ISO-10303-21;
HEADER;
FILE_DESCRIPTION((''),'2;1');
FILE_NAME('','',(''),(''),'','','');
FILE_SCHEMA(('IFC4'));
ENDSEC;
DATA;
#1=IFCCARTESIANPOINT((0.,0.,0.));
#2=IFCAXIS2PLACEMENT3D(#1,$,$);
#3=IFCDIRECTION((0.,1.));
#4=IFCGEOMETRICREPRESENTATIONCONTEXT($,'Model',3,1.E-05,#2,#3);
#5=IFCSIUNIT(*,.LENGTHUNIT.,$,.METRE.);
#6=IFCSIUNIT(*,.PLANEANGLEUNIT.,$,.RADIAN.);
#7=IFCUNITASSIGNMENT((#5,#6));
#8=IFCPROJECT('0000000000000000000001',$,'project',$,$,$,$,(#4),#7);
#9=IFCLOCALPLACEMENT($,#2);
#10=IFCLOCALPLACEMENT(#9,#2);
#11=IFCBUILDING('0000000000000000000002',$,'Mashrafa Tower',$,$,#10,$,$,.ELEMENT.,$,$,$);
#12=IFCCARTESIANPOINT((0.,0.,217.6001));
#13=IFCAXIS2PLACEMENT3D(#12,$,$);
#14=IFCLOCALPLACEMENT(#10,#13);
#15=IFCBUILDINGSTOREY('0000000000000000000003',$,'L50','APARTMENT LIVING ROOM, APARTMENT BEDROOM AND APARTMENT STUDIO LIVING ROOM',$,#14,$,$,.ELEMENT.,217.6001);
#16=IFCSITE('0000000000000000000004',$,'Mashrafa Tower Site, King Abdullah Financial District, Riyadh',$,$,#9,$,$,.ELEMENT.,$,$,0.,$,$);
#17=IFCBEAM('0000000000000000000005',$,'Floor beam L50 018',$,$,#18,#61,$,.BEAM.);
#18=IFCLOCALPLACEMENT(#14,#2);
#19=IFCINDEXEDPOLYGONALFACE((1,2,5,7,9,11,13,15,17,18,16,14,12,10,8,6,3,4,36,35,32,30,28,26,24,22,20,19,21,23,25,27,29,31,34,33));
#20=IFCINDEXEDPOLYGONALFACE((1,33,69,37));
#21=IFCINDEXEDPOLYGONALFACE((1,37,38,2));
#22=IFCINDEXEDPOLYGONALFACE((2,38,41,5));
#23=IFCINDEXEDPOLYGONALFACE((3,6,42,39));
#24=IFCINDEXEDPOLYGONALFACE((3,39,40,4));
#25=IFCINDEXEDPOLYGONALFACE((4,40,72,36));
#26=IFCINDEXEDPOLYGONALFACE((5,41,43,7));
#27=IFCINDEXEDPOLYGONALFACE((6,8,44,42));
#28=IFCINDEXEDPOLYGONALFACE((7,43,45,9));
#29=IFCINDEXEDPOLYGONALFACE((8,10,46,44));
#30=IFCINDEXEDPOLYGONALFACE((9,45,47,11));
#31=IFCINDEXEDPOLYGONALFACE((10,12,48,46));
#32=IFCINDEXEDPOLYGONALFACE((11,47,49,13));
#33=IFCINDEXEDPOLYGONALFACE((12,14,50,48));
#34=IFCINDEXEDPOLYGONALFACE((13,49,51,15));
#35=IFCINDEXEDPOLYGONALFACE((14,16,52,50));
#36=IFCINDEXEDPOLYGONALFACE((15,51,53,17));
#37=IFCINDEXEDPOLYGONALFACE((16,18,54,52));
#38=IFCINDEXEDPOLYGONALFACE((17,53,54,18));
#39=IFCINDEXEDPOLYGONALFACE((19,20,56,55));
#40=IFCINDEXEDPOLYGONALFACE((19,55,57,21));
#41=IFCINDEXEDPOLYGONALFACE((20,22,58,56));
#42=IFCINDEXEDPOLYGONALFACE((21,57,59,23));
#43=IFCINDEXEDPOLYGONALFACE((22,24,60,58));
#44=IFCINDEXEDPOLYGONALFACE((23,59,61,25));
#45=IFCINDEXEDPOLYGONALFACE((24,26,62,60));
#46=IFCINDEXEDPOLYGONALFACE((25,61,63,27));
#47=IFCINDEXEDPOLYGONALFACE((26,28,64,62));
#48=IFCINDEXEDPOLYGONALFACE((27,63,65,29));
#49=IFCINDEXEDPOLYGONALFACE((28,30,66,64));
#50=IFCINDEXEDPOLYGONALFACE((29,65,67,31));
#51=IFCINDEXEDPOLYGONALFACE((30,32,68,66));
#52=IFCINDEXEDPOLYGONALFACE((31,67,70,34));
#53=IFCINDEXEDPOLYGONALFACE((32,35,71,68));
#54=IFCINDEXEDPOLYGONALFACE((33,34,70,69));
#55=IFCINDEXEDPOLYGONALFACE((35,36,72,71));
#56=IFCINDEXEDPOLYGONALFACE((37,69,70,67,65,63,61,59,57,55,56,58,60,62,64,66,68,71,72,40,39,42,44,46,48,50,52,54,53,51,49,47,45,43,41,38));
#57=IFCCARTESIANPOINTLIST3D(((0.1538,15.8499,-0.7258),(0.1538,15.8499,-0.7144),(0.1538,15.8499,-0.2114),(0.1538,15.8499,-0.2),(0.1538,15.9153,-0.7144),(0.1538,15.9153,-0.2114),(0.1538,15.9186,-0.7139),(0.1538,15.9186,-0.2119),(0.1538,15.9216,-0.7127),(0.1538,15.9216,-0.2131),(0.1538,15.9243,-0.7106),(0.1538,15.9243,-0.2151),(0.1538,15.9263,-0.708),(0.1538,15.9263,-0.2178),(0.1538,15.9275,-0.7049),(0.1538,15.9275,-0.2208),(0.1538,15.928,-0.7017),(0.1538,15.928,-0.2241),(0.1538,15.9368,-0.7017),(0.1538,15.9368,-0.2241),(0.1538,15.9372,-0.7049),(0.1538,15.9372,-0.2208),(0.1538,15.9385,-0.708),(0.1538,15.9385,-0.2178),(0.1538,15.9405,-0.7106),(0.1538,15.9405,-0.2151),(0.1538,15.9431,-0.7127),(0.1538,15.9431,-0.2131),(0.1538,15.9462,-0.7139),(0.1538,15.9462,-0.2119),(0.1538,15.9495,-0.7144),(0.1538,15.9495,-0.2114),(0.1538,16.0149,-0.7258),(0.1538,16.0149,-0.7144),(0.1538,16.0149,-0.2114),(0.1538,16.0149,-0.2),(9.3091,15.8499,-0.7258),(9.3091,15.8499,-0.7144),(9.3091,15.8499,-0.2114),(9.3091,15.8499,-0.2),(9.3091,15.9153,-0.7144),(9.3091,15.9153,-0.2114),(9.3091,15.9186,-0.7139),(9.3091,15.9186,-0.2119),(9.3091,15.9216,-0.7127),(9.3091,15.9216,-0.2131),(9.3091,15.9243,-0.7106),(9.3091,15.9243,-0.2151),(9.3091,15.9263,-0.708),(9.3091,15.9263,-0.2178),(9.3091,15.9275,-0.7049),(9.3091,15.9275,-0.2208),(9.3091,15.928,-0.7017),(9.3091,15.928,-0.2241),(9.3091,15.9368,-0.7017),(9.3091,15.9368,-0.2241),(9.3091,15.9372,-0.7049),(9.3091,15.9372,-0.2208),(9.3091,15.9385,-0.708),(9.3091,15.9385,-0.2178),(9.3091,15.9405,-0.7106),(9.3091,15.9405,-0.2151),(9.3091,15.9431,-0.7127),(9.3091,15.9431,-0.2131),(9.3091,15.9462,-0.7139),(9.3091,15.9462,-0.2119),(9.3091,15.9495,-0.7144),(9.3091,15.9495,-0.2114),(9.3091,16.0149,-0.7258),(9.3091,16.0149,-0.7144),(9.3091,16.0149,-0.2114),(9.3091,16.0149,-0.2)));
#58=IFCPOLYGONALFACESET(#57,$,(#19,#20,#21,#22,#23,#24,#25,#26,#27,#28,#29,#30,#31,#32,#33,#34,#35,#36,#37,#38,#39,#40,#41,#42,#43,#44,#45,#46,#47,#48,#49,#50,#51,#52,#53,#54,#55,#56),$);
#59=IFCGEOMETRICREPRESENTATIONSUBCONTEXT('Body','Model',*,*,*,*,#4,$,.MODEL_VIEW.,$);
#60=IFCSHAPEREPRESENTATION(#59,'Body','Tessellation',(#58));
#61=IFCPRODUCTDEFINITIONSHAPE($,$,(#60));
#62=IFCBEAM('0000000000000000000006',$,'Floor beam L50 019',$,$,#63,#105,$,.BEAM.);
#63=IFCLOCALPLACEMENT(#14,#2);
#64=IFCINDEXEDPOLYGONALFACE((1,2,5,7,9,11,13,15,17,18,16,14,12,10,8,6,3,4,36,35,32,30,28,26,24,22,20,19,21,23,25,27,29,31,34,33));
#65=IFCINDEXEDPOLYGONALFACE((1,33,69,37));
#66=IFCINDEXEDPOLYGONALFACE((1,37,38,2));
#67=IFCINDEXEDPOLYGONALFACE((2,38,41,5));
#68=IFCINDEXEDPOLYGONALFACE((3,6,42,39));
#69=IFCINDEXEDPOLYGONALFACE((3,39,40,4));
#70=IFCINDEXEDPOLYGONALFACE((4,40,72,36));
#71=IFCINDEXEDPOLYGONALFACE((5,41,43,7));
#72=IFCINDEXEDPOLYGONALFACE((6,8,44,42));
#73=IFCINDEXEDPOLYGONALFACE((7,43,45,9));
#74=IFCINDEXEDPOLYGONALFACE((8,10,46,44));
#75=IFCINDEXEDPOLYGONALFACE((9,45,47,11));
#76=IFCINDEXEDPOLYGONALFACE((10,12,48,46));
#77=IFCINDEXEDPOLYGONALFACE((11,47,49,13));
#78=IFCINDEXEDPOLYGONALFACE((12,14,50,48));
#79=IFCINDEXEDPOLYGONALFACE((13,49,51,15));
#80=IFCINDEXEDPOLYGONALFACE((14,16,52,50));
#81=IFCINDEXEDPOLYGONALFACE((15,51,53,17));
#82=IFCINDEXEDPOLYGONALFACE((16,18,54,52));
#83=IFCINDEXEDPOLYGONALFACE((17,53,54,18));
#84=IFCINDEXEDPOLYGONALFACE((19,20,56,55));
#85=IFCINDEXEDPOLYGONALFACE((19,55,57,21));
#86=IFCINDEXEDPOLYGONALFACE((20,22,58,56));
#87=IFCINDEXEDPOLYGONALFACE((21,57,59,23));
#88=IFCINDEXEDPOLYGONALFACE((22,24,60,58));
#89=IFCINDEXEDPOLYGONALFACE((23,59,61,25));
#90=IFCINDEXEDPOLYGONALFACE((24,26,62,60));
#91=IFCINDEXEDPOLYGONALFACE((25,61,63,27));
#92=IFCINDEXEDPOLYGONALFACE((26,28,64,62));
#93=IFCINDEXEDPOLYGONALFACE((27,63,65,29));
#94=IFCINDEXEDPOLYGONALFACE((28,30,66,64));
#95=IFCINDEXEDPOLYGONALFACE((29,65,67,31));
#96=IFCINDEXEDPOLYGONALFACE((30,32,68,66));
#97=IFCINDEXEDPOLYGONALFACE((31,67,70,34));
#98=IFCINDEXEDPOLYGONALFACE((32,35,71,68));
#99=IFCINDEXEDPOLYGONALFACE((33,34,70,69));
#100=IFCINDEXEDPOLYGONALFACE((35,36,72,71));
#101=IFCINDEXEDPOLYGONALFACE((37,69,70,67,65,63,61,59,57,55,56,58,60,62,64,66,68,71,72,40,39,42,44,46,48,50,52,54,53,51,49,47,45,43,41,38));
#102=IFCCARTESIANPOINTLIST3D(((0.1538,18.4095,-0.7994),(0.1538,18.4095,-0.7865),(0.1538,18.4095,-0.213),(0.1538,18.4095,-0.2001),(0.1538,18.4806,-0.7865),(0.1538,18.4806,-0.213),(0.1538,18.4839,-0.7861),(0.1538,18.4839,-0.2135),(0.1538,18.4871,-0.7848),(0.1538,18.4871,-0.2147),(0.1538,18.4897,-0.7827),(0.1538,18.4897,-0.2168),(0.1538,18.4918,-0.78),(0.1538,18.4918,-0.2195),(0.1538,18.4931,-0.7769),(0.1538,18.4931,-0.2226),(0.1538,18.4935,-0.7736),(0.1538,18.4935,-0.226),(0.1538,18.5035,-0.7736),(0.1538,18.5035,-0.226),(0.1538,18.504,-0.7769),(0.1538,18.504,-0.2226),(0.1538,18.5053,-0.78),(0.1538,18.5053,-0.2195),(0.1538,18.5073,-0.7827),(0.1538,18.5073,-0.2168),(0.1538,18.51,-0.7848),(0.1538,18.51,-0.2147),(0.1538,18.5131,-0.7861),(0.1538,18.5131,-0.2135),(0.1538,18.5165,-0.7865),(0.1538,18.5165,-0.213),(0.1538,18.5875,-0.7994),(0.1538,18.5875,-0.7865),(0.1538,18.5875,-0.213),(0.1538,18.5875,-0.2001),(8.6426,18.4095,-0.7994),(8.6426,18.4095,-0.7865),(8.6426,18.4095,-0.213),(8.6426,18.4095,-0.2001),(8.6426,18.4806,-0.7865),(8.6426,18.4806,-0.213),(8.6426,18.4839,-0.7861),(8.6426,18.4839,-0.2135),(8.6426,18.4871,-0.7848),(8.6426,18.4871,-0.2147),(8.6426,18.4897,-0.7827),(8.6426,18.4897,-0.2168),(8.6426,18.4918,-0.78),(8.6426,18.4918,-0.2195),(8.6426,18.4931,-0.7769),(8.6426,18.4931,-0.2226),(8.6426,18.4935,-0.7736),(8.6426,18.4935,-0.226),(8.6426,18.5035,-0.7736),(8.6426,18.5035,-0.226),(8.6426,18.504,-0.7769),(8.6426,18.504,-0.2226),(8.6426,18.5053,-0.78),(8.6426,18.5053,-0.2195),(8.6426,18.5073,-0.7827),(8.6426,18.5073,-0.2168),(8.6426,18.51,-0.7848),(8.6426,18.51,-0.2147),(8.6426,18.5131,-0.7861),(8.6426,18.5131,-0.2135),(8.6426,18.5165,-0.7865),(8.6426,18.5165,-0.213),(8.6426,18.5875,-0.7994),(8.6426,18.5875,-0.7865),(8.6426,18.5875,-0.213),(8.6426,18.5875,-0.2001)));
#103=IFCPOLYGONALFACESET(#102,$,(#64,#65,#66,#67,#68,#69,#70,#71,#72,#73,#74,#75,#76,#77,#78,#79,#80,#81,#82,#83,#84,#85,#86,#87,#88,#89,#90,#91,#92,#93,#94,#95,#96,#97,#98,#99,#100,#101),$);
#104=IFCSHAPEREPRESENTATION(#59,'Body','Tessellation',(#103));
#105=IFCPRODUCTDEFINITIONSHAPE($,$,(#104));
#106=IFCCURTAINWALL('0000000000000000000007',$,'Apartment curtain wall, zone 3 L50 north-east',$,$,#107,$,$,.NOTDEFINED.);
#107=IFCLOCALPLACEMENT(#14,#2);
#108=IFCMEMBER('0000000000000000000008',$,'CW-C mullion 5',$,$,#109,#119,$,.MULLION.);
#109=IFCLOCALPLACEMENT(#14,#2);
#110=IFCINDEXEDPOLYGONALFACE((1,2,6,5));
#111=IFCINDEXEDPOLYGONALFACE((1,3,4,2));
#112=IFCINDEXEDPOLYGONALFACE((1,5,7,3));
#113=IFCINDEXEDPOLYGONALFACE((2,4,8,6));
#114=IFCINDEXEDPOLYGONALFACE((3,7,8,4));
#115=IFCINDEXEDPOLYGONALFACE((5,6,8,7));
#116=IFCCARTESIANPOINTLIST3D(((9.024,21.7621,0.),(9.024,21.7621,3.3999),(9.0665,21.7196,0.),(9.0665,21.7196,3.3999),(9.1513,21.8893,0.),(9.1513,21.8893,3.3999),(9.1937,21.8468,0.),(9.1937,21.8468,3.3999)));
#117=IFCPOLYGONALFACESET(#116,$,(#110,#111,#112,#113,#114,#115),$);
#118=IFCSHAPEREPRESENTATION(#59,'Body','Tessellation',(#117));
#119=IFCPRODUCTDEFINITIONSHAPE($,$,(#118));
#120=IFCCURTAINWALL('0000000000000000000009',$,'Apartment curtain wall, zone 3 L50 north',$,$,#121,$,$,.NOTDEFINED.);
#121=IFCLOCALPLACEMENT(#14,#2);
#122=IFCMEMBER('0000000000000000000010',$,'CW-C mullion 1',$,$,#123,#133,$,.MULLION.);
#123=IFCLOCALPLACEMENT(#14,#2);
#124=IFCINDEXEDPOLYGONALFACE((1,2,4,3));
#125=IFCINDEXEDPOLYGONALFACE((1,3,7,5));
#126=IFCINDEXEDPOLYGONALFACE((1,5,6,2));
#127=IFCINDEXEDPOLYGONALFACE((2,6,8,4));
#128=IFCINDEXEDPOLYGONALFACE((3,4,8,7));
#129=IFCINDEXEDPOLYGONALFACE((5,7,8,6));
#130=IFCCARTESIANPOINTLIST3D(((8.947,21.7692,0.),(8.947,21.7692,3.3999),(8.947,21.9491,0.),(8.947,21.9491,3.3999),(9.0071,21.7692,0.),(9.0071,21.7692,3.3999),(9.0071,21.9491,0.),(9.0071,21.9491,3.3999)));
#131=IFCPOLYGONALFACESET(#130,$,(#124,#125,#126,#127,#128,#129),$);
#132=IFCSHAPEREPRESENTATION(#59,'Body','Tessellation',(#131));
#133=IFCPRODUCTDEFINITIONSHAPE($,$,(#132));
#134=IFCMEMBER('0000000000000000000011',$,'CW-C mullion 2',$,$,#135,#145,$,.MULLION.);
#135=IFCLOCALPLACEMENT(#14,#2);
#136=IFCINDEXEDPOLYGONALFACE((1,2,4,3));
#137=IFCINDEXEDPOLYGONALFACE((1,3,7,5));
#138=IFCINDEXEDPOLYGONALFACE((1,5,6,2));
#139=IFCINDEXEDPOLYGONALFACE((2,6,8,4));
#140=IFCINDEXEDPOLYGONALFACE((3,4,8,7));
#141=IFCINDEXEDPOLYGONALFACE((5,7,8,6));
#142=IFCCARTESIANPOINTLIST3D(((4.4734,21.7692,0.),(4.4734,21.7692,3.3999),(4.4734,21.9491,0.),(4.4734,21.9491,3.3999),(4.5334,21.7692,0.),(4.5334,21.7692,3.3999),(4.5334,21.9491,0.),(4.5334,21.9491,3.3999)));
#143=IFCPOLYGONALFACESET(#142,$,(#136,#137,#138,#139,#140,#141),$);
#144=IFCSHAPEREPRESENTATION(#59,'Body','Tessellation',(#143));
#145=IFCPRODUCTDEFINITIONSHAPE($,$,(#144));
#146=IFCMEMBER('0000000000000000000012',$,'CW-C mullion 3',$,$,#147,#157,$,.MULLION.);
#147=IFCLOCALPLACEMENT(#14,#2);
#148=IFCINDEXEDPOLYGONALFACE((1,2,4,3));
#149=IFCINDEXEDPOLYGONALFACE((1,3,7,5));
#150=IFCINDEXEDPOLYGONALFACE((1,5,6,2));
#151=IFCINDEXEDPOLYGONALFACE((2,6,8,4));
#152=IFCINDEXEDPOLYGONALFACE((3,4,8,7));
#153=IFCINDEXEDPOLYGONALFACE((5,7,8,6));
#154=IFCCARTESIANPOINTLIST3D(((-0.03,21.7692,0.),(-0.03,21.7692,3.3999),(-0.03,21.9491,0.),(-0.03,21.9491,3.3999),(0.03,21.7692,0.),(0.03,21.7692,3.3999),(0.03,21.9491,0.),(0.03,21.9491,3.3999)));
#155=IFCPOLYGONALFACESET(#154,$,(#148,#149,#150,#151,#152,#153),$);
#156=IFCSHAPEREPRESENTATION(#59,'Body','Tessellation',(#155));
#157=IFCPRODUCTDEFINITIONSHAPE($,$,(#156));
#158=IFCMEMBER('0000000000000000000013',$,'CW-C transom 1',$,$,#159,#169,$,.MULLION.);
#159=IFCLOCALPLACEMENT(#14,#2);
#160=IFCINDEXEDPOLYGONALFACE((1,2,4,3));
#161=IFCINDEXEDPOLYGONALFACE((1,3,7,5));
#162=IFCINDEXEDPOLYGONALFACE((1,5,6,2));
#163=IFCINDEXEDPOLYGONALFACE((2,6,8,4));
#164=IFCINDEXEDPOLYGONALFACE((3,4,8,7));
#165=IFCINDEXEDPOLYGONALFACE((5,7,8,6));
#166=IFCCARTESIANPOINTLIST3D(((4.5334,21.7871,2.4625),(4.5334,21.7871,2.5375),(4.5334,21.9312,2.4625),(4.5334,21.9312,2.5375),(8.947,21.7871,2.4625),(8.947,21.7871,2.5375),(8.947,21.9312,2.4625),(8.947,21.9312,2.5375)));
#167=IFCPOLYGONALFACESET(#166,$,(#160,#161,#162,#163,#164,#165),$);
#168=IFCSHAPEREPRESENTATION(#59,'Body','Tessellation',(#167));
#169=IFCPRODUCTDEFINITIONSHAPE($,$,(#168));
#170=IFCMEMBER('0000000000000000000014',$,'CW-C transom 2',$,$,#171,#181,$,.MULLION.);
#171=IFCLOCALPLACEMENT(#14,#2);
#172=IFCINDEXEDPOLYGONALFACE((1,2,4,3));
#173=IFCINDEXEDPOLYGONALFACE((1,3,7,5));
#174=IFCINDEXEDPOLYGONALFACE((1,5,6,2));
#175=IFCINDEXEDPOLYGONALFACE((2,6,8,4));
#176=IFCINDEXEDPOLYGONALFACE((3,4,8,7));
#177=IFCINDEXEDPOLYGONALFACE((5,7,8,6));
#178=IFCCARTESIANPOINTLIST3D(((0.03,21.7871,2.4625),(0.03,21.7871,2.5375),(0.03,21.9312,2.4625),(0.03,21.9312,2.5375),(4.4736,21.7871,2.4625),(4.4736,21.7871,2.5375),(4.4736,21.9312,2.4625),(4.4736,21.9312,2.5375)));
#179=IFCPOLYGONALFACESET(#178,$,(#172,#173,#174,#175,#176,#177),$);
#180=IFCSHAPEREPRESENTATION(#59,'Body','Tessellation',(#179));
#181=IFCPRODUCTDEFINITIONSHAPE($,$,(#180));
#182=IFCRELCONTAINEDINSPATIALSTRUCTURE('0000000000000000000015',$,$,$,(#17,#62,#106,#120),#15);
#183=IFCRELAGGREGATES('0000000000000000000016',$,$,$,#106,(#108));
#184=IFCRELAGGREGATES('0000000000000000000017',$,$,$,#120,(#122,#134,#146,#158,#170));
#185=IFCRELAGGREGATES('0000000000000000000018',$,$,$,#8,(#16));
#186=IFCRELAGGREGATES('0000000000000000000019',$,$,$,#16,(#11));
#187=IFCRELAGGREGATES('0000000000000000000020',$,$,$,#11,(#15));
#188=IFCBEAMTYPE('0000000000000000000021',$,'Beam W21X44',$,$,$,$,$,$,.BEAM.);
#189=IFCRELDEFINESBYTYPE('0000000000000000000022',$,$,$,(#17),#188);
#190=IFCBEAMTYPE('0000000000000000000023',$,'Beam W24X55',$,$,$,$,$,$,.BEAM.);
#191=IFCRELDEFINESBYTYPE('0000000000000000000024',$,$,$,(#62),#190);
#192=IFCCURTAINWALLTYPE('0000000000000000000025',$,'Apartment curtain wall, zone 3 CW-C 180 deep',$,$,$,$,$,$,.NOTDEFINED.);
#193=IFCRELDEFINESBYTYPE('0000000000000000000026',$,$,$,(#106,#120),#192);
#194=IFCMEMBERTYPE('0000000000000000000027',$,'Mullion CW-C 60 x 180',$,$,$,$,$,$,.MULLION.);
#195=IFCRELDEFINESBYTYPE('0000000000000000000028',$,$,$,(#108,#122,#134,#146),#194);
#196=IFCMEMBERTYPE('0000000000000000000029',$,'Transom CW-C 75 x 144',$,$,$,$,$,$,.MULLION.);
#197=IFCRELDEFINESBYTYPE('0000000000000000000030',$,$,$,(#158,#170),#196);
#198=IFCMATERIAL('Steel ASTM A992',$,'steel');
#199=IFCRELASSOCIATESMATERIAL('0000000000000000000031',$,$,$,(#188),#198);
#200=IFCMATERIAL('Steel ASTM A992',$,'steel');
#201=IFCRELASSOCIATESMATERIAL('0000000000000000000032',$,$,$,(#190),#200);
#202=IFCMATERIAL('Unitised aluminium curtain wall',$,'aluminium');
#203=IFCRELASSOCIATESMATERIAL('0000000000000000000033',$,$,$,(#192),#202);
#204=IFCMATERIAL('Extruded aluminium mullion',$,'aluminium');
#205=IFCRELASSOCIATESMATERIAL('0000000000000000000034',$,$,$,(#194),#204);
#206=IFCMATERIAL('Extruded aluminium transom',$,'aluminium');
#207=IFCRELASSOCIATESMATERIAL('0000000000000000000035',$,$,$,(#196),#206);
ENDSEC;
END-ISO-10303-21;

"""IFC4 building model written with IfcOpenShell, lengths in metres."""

from ifc_helpers import new_model, si_unit, direction, frame, origin, origin_2d, place, context, subcontext, project, spatial, rectangle, i_section, extrude, source, transform, mapped, material, material_profile, profile_set, type_object, type_shapes, element, aggregate, save


model = new_model("IFC4")

# Units and contexts
model_context = context("Model", 3, precision=1e-05, world=origin(), true_north=direction((0.0, 1.0)))
body_context = subcontext(model_context, "Body", "Model", "MODEL_VIEW")
ifc_project = project(units=[si_unit("LENGTHUNIT", "METRE"), si_unit("PLANEANGLEUNIT", "RADIAN")], contexts=[model_context])

# Site, building, storey
site_placement = place(None, origin())
site = spatial("IfcSite", under=ifc_project, at=site_placement, Name="Mashrafa Tower Site, King Abdullah Financial District, Riyadh", CompositionType="ELEMENT", RefElevation=0.0)
building_placement = place(site_placement, origin())
building = spatial("IfcBuilding", under=site, at=building_placement, Name="Mashrafa Tower", CompositionType="ELEMENT")
storey_placement = place(building_placement, frame((0.0, 0.0, 217.6001)))
storey = spatial("IfcBuildingStorey", under=building, at=storey_placement, Name="L50", Description="APARTMENT LIVING ROOM, APARTMENT BEDROOM AND APARTMENT STUDIO LIVING ROOM", CompositionType="ELEMENT", Elevation=217.6001)

# Beams
ifc_material_1 = material(Name="Steel ASTM A992", Category="steel")
ifc_material_profile_1 = material_profile(ifc_material_1, i_section(OverallWidth=0.165, OverallDepth=0.5259, WebThickness=0.0088, FlangeThickness=0.0115, FilletRadius=0.0127, at=origin_2d()), Name="W21X44")
ifc_profile_set_1 = profile_set([ifc_material_profile_1], Name="Steel ASTM A992")
beam_type_1 = type_object("IfcBeamType", Name="Beam W21X44", PredefinedType="BEAM", material=ifc_profile_set_1)
beam_1_placement = place(storey_placement, frame((0.1538, 15.9324, -0.4629), z_axis=(1.0, 0.0, 0.0), x_axis=(0.0, 1.0, 0.0)))
element("IfcBeam", 1, at=beam_1_placement, inside=storey, type_object=beam_type_1, Name="Floor beam L50 018", PredefinedType="BEAM", context=body_context, shape_type="SweptSolid", body=[
    extrude(i_section(OverallWidth=0.165, OverallDepth=0.5259, WebThickness=0.0088, FlangeThickness=0.0115, FilletRadius=0.0127, at=origin_2d()), origin(), (0.0, 0.0, 1.0), 9.1553),
])
ifc_material_2 = material(Name="Steel ASTM A992", Category="steel")
ifc_material_profile_2 = material_profile(ifc_material_2, i_section(OverallWidth=0.178, OverallDepth=0.5994, WebThickness=0.01, FlangeThickness=0.0129, FilletRadius=0.0129, at=origin_2d()), Name="W24X55")
ifc_profile_set_2 = profile_set([ifc_material_profile_2], Name="Steel ASTM A992")
beam_type_2 = type_object("IfcBeamType", Name="Beam W24X55", PredefinedType="BEAM", material=ifc_profile_set_2)
beam_2_placement = place(storey_placement, frame((0.1538, 18.4985, -0.4998), z_axis=(1.0, 0.0, 0.0), x_axis=(0.0, 1.0, 0.0)))
element("IfcBeam", 2, at=beam_2_placement, inside=storey, type_object=beam_type_2, Name="Floor beam L50 019", PredefinedType="BEAM", context=body_context, shape_type="SweptSolid", body=[
    extrude(i_section(OverallWidth=0.178, OverallDepth=0.5994, WebThickness=0.01, FlangeThickness=0.0129, FilletRadius=0.0129, at=origin_2d()), origin(), (0.0, 0.0, 1.0), 8.4888),
])

# Curtain wall, member
ifc_material_3 = material(Name="Unitised aluminium curtain wall", Category="aluminium")
curtain_wall_type = type_object("IfcCurtainWallType", Name="Apartment curtain wall, zone 3 CW-C 180 deep", PredefinedType="NOTDEFINED", material=ifc_material_3)
curtain_wall_1_placement = place(storey_placement, origin())
curtain_wall_1 = element("IfcCurtainWall", 3, at=curtain_wall_1_placement, inside=storey, type_object=curtain_wall_type, Name="Apartment curtain wall, zone 3 L50 north-east", PredefinedType="NOTDEFINED")
ifc_material_4 = material(Name="Extruded aluminium mullion", Category="aluminium")
ifc_material_profile_3 = material_profile(ifc_material_4, rectangle(XDim=0.1799, YDim=0.0601, at=origin_2d()), Name="Mullion 60x180")
ifc_profile_set_3 = profile_set([ifc_material_profile_3], Name="Extruded aluminium mullion")
member_type_1 = type_object("IfcMemberType", Name="Mullion CW-C 60 x 180", PredefinedType="MULLION", material=ifc_profile_set_3)
shared_shape_1 = source(origin(), body_context, "Body", "SweptSolid", [
    extrude(rectangle(XDim=0.1799, YDim=0.0601, at=origin_2d()), origin(), (0.0, 0.0, 1.0), 3.3999),
])
type_shapes(member_type_1, [shared_shape_1])
member_1_placement = place(storey_placement, frame((9.1089, 21.8044, 0.0), z_axis=(0.0, 0.0, 1.0), x_axis=(-0.707107, -0.707107, 0.0)))
member_1 = element("IfcMember", 4, at=member_1_placement, type_object=member_type_1, Name="CW-C mullion 5", PredefinedType="MULLION", context=body_context, shape_type="MappedRepresentation", body=[
    mapped(shared_shape_1, transform((0.0, 0.0, 0.0))),
])

# Curtain wall, members
curtain_wall_2_placement = place(storey_placement, origin())
curtain_wall_2 = element("IfcCurtainWall", 5, at=curtain_wall_2_placement, inside=storey, type_object=curtain_wall_type, Name="Apartment curtain wall, zone 3 L50 north", PredefinedType="NOTDEFINED")
member_2_placement = place(storey_placement, frame((8.9771, 21.8591, 0.0), z_axis=(0.0, 0.0, 1.0), x_axis=(0.0, -1.0, 0.0)))
member_2 = element("IfcMember", 6, at=member_2_placement, type_object=member_type_1, Name="CW-C mullion 1", PredefinedType="MULLION", context=body_context, shape_type="MappedRepresentation", body=[
    mapped(shared_shape_1, transform((0.0, 0.0, 0.0))),
])
member_3_placement = place(storey_placement, frame((4.5034, 21.8591, 0.0), z_axis=(0.0, 0.0, 1.0), x_axis=(0.0, -1.0, 0.0)))
member_3 = element("IfcMember", 7, at=member_3_placement, type_object=member_type_1, Name="CW-C mullion 2", PredefinedType="MULLION", context=body_context, shape_type="MappedRepresentation", body=[
    mapped(shared_shape_1, transform((0.0, 0.0, 0.0))),
])
member_4_placement = place(storey_placement, frame((0.0, 21.8591, 0.0), z_axis=(0.0, 0.0, 1.0), x_axis=(0.0, -1.0, 0.0)))
member_4 = element("IfcMember", 8, at=member_4_placement, type_object=member_type_1, Name="CW-C mullion 3", PredefinedType="MULLION", context=body_context, shape_type="MappedRepresentation", body=[
    mapped(shared_shape_1, transform((0.0, 0.0, 0.0))),
])
ifc_material_5 = material(Name="Extruded aluminium transom", Category="aluminium")
ifc_material_profile_4 = material_profile(ifc_material_5, rectangle(XDim=0.144, YDim=0.075, at=origin_2d()), Name="Transom 75x144")
ifc_profile_set_4 = profile_set([ifc_material_profile_4], Name="Extruded aluminium transom")
member_type_2 = type_object("IfcMemberType", Name="Transom CW-C 75 x 144", PredefinedType="MULLION", material=ifc_profile_set_4)
shared_shape_2 = source(origin(), body_context, "Body", "SweptSolid", [
    extrude(rectangle(XDim=0.144, YDim=0.075, at=origin_2d()), origin(), (0.0, 0.0, 1.0), 4.4136),
])
member_5_placement = place(storey_placement, frame((8.947, 21.8591, 2.5), z_axis=(-1.0, 0.0, 0.0), x_axis=(0.0, -1.0, 0.0)))
member_5 = element("IfcMember", 9, at=member_5_placement, type_object=member_type_2, Name="CW-C transom 1", PredefinedType="MULLION", context=body_context, shape_type="MappedRepresentation", body=[
    mapped(shared_shape_2, transform((0.0, 0.0, 0.0))),
])
shared_shape_3 = source(origin(), body_context, "Body", "SweptSolid", [
    extrude(rectangle(XDim=0.144, YDim=0.075, at=origin_2d()), origin(), (0.0, 0.0, 1.0), 4.4436),
])
type_shapes(member_type_2, [shared_shape_2, shared_shape_3])
member_6_placement = place(storey_placement, frame((4.4736, 21.8591, 2.5), z_axis=(-1.0, 0.0, 0.0), x_axis=(0.0, -1.0, 0.0)))
member_6 = element("IfcMember", 10, at=member_6_placement, type_object=member_type_2, Name="CW-C transom 2", PredefinedType="MULLION", context=body_context, shape_type="MappedRepresentation", body=[
    mapped(shared_shape_3, transform((0.0, 0.0, 0.0))),
])

aggregate(curtain_wall_1, [member_1])
aggregate(curtain_wall_2, [member_2, member_3, member_4, member_5, member_6])

save(model, "model.ifc")
